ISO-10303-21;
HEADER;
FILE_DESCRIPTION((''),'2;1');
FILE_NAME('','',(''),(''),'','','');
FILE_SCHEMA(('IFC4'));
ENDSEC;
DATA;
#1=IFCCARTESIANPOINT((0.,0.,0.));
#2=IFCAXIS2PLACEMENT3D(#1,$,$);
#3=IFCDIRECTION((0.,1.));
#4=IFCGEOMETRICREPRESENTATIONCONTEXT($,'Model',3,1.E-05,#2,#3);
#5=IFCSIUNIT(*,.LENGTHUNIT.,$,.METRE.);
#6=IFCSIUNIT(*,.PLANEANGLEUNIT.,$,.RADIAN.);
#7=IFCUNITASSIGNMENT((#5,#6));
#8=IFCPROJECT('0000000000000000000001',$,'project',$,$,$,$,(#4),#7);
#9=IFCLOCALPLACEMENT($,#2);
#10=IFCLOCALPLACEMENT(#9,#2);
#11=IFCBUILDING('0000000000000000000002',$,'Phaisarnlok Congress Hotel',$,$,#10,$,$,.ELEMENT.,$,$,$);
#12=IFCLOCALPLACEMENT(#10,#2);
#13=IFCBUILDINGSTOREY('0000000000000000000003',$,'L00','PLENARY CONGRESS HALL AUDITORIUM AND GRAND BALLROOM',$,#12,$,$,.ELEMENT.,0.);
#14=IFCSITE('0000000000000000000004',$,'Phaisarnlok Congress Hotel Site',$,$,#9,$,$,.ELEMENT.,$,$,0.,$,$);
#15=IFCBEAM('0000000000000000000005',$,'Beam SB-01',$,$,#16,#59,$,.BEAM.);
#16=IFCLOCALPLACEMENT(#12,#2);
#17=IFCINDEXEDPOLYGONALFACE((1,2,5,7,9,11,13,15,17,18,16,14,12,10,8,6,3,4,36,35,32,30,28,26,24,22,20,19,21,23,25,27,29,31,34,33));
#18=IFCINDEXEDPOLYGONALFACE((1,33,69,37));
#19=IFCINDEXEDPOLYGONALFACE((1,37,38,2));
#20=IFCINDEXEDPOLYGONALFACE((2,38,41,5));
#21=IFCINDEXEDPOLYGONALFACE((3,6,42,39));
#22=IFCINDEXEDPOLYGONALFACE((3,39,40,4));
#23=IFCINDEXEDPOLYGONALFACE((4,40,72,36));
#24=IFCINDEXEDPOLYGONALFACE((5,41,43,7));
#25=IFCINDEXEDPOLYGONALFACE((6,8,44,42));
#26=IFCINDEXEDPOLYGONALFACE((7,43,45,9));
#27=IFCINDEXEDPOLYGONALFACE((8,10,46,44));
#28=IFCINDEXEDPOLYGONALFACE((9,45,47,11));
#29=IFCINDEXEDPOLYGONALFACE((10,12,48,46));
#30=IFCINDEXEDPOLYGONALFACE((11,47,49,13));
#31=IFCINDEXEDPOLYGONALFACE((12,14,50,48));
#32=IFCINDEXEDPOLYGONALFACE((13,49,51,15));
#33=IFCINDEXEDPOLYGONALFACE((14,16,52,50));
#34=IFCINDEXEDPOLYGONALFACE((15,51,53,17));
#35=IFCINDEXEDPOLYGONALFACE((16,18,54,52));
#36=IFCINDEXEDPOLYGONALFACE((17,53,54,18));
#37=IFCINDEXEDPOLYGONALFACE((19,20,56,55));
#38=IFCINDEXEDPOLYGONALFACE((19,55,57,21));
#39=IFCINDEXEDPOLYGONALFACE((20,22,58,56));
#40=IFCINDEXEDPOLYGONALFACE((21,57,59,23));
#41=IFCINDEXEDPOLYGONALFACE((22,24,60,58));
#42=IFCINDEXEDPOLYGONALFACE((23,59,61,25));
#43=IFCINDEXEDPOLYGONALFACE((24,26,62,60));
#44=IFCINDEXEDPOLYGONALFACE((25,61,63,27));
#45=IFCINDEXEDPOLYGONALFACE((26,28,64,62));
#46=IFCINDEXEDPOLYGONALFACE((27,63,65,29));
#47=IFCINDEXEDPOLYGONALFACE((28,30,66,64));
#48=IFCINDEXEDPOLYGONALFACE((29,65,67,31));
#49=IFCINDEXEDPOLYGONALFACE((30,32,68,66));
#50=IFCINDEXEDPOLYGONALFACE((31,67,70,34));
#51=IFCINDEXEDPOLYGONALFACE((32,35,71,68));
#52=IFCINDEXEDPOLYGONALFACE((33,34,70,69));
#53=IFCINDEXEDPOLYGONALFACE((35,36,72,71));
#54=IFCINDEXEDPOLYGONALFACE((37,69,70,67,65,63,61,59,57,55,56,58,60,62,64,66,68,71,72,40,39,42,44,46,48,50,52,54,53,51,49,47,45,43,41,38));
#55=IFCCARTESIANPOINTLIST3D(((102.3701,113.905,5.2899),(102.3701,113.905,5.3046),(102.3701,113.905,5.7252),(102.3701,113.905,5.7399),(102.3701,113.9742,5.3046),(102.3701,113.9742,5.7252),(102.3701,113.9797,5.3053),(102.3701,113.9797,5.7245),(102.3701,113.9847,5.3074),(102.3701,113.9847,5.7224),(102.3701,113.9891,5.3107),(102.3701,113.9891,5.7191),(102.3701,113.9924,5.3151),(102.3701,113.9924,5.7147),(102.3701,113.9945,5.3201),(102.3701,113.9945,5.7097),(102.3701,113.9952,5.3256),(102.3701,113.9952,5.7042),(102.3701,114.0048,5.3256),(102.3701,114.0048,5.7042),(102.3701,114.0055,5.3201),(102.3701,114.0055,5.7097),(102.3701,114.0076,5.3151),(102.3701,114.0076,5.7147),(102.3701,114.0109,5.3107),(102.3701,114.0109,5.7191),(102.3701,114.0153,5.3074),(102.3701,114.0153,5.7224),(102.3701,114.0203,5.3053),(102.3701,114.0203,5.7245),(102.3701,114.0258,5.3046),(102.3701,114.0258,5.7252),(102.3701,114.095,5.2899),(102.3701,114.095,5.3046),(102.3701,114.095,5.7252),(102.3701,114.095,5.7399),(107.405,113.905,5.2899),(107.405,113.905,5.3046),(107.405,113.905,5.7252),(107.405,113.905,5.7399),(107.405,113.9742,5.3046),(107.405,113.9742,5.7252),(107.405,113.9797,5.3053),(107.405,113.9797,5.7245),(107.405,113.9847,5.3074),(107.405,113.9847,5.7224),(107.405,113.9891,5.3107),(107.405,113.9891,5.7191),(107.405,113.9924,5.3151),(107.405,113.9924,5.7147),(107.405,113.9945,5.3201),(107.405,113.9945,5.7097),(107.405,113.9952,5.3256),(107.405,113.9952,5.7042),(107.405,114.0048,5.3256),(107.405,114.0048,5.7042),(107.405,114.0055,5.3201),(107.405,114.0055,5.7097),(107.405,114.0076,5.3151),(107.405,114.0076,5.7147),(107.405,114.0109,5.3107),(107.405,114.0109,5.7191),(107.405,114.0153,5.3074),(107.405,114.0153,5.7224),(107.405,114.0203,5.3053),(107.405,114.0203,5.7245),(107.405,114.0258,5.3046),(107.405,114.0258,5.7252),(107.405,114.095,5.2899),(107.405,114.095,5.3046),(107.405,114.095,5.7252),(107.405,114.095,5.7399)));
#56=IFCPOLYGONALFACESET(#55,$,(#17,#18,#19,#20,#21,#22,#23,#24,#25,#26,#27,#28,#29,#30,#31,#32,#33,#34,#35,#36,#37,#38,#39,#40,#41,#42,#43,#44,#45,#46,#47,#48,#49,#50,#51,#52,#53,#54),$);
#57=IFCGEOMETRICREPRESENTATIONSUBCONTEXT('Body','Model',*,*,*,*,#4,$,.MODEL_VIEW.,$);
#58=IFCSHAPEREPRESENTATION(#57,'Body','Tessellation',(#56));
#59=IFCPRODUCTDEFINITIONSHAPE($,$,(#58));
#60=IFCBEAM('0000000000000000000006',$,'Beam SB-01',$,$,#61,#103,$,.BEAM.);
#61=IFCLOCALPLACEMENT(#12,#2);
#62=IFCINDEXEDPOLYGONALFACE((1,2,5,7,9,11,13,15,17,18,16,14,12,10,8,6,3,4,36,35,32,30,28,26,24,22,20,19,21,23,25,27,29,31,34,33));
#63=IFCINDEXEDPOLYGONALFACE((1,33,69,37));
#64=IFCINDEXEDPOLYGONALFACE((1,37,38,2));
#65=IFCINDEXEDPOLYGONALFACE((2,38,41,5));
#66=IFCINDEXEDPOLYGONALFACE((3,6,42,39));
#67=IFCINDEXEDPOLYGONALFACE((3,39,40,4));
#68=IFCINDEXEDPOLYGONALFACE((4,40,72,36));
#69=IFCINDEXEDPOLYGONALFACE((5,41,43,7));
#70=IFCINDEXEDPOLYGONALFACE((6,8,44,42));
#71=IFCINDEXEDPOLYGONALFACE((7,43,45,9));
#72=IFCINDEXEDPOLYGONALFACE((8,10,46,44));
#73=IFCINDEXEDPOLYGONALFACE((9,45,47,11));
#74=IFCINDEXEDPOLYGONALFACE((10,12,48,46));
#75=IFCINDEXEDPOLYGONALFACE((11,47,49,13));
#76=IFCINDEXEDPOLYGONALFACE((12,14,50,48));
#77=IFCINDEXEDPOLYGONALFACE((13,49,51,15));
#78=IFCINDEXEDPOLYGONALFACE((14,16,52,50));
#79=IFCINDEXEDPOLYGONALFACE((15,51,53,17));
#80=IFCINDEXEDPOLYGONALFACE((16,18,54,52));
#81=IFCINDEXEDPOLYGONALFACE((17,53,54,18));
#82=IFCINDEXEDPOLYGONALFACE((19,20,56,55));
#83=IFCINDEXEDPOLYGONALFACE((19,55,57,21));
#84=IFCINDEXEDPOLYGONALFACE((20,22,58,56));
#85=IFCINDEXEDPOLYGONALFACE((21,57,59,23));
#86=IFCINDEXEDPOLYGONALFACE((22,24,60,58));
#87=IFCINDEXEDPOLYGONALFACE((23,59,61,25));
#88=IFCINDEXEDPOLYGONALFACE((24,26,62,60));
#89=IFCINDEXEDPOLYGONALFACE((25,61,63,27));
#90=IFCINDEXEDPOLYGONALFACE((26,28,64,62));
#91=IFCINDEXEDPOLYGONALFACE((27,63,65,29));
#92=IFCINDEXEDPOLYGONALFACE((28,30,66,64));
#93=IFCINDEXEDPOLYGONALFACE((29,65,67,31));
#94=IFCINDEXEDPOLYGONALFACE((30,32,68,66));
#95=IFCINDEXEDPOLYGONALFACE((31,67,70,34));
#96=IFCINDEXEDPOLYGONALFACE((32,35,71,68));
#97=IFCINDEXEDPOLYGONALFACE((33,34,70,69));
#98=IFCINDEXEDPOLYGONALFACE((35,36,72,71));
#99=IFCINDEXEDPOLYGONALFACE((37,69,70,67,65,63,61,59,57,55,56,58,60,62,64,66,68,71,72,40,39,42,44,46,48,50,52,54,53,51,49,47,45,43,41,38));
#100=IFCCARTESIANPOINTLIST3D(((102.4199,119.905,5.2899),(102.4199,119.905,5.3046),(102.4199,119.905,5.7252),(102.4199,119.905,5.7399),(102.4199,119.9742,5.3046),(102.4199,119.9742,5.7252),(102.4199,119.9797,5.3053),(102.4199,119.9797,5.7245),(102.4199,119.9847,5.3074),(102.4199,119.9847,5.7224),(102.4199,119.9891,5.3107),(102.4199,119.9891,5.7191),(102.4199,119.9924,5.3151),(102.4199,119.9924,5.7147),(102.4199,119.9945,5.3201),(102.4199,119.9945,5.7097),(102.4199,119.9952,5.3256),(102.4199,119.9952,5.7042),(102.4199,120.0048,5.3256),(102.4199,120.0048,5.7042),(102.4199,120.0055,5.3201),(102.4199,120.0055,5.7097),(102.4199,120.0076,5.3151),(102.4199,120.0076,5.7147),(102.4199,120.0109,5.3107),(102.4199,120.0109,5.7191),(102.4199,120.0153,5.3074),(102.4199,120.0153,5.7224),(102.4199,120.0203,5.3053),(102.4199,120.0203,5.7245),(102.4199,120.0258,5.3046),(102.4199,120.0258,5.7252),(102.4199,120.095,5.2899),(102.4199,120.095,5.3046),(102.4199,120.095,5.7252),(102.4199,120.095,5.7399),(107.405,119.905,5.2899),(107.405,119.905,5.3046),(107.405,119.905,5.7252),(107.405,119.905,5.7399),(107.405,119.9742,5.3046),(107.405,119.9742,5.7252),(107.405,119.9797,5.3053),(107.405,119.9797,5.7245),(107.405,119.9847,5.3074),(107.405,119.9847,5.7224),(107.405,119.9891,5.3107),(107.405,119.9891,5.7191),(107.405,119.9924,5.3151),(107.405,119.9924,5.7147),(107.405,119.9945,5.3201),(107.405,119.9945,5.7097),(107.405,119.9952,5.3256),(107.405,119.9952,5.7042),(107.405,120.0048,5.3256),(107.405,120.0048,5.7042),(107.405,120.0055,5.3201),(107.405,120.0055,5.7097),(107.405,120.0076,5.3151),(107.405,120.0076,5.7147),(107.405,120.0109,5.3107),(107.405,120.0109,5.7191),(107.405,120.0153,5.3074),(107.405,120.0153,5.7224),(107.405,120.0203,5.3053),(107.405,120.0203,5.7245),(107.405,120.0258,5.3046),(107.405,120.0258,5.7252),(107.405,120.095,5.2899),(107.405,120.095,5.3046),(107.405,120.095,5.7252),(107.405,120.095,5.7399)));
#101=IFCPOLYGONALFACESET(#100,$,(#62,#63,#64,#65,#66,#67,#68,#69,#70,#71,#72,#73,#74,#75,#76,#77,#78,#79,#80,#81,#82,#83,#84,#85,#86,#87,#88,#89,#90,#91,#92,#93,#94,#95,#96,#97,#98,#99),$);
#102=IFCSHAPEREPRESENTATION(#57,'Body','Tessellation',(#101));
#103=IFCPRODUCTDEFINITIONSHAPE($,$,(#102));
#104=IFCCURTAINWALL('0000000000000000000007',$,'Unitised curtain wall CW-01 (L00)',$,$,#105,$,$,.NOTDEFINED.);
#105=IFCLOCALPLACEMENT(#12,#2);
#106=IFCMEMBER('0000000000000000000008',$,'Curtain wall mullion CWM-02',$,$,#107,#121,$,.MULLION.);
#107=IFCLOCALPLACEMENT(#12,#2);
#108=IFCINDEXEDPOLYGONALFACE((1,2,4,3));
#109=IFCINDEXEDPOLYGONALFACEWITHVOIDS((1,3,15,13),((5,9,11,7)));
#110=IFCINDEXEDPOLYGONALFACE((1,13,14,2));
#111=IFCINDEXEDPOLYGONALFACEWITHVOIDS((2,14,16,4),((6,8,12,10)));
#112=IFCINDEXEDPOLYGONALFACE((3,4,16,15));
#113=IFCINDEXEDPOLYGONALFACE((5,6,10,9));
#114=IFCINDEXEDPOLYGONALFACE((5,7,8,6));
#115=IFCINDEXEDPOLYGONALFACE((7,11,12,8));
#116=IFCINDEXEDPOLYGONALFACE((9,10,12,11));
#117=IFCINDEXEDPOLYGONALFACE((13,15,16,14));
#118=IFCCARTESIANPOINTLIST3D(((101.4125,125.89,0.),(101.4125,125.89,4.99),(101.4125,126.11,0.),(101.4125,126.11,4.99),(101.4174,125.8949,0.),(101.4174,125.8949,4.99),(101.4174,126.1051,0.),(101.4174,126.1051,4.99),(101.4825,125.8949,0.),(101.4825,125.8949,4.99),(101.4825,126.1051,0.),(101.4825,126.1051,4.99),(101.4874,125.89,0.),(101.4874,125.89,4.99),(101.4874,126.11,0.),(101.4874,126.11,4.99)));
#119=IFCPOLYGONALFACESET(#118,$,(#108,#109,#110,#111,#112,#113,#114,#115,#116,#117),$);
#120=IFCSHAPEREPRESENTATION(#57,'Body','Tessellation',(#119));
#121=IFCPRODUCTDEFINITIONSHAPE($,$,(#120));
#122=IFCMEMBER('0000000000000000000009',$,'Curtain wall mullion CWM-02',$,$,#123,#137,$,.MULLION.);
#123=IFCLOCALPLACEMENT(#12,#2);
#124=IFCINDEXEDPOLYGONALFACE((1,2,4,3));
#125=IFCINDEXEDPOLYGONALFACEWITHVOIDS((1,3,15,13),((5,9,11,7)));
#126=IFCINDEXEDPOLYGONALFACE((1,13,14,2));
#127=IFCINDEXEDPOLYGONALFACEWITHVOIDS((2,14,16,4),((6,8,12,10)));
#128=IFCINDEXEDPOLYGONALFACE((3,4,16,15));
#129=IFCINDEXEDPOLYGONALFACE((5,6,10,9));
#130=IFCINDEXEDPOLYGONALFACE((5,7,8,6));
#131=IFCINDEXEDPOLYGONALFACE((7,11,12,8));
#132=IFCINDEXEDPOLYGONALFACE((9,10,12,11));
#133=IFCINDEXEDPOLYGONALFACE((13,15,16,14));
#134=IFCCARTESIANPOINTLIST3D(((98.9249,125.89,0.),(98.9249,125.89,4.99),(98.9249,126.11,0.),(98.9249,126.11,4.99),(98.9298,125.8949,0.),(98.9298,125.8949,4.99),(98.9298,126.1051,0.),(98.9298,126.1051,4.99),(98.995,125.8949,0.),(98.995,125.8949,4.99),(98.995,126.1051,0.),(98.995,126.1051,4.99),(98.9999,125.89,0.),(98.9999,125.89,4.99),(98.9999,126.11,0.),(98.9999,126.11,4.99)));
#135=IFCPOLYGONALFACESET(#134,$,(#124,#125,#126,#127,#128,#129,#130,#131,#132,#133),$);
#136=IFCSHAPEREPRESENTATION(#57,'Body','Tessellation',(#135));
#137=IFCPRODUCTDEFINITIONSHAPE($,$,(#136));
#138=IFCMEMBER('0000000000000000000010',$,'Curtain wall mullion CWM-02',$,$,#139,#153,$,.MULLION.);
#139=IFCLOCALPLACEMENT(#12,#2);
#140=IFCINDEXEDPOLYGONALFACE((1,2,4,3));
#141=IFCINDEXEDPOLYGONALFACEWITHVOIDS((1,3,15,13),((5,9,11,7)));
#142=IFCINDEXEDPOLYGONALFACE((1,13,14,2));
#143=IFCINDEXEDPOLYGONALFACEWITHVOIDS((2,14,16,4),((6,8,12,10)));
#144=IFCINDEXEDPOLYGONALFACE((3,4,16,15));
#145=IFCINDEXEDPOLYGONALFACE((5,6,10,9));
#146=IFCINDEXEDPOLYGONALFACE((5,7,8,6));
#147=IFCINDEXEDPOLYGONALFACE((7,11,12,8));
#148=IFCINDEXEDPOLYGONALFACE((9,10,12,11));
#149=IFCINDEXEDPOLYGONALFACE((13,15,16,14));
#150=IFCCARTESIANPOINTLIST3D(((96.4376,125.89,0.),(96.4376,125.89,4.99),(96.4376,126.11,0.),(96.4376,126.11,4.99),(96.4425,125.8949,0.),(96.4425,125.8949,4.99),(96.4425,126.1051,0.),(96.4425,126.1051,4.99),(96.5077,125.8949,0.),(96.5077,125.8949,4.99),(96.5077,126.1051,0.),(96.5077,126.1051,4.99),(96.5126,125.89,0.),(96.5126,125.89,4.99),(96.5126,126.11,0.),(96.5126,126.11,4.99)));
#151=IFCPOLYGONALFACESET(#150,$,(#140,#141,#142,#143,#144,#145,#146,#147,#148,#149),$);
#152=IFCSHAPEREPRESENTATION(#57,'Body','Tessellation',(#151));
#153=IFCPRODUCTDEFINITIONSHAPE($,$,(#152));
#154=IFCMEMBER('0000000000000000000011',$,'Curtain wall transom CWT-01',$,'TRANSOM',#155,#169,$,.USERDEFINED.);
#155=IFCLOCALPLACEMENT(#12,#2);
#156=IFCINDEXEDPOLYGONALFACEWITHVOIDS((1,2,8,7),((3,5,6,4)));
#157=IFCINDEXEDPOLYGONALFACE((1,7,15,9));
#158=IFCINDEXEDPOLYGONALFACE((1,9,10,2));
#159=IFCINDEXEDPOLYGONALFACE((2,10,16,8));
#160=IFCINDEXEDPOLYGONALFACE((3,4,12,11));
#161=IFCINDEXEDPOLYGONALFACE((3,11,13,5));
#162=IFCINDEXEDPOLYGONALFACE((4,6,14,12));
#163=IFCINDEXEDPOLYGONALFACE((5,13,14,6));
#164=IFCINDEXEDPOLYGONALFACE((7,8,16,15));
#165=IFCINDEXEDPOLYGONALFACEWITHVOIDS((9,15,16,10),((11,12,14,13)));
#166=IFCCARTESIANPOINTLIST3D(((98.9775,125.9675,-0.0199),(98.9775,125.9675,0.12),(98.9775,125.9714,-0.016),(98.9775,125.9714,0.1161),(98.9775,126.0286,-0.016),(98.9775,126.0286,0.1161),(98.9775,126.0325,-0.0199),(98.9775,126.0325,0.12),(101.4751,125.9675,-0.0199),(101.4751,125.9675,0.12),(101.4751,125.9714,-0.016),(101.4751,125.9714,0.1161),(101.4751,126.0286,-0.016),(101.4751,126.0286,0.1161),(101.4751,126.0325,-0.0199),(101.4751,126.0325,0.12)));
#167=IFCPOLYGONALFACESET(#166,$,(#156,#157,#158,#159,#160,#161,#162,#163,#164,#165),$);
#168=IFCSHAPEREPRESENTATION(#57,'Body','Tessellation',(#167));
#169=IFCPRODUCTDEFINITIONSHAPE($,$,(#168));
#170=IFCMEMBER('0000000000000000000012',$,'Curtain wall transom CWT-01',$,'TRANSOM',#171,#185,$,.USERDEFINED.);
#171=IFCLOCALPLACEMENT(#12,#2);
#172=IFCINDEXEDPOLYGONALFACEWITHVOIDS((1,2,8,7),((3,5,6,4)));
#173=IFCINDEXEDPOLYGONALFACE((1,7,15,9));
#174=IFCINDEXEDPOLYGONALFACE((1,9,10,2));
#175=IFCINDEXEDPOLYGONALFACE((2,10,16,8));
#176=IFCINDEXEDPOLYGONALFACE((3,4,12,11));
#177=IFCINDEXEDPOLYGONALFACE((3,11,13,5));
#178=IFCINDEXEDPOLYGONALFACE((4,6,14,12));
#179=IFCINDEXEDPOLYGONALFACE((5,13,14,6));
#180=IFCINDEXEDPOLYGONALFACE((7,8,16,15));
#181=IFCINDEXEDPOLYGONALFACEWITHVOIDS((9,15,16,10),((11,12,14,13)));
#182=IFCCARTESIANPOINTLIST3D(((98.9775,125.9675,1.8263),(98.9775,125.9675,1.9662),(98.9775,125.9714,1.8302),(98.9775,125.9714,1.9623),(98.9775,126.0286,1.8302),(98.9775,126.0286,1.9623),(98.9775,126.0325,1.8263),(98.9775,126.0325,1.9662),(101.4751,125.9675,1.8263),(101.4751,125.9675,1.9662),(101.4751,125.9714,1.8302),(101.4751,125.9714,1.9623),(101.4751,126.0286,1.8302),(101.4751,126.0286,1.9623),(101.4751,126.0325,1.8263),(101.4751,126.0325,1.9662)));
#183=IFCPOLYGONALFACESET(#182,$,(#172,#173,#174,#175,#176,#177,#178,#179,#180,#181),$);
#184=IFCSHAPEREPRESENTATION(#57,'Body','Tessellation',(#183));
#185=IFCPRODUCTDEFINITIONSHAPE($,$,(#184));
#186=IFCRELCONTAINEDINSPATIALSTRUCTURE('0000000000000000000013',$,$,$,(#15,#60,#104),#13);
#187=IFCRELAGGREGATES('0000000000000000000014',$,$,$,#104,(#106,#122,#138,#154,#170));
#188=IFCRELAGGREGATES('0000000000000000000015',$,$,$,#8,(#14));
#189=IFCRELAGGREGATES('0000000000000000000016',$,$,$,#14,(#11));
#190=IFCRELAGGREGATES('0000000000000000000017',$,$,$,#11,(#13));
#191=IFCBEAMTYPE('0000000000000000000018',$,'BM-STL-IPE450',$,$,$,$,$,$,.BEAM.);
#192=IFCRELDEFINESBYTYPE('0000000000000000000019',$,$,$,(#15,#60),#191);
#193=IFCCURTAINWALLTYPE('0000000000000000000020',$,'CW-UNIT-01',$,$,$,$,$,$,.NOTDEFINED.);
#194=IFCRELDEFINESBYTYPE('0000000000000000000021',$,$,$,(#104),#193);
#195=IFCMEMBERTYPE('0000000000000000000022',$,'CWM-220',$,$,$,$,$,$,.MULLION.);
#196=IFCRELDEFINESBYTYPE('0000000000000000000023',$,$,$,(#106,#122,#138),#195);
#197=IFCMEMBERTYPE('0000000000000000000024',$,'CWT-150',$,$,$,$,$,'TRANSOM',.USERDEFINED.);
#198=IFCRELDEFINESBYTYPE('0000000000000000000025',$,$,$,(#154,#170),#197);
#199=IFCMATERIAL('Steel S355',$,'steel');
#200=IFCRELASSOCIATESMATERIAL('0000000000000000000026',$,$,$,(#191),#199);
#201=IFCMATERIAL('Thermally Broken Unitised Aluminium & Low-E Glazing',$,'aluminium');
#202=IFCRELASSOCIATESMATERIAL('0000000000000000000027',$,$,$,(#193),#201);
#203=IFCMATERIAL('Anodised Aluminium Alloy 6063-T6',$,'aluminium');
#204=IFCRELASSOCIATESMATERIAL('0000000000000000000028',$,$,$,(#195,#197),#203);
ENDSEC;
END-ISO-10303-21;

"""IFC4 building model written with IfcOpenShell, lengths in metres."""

from ifc_helpers import new_model, si_unit, direction, frame, origin, origin_2d, place, context, subcontext, project, spatial, hollow_rectangle, i_section, extrude, material, material_profile, profile_set, type_object, element, aggregate, save


model = new_model("IFC4")

# Units and contexts
model_context = context("Model", 3, precision=1e-05, world=origin(), true_north=direction((0.0, 1.0)))
body_context = subcontext(model_context, "Body", "Model", "MODEL_VIEW")
ifc_project = project(units=[si_unit("LENGTHUNIT", "METRE"), si_unit("PLANEANGLEUNIT", "RADIAN")], contexts=[model_context])

# Site, building, storey
site_placement = place(None, origin())
site = spatial("IfcSite", under=ifc_project, at=site_placement, Name="Phaisarnlok Congress Hotel Site", CompositionType="ELEMENT", RefElevation=0.0)
building_placement = place(site_placement, origin())
building = spatial("IfcBuilding", under=site, at=building_placement, Name="Phaisarnlok Congress Hotel", CompositionType="ELEMENT")
storey_placement = place(building_placement, origin())
storey = spatial("IfcBuildingStorey", under=building, at=storey_placement, Name="L00", Description="PLENARY CONGRESS HALL AUDITORIUM AND GRAND BALLROOM", CompositionType="ELEMENT", Elevation=0.0)

# Beams
ifc_material_1 = material(Name="Steel S355", Category="steel")
ifc_material_profile_1 = material_profile(ifc_material_1, i_section(OverallWidth=0.1899, OverallDepth=0.45, WebThickness=0.0095, FlangeThickness=0.0146, FilletRadius=0.021, at=origin_2d()), Name="IPE 450")
ifc_profile_set_1 = profile_set([ifc_material_profile_1], Name="Steel S355")
beam_type_1 = type_object("IfcBeamType", Name="BM-STL-IPE450", PredefinedType="BEAM", material=ifc_profile_set_1)
beam_1_placement = place(storey_placement, frame((102.3701, 114.0, 5.5149), z_axis=(1.0, 0.0, 0.0), x_axis=(0.0, 1.0, 0.0)))
element("IfcBeam", 1, at=beam_1_placement, inside=storey, type_object=beam_type_1, Name="Beam SB-01", PredefinedType="BEAM", context=body_context, shape_type="SweptSolid", body=[
    extrude(i_section(OverallWidth=0.1899, OverallDepth=0.45, WebThickness=0.0095, FlangeThickness=0.0146, FilletRadius=0.021, at=origin_2d()), origin(), (0.0, 0.0, 1.0), 5.0349),
])
beam_2_placement = place(storey_placement, frame((102.4199, 120.0, 5.5149), z_axis=(1.0, 0.0, 0.0), x_axis=(0.0, 1.0, 0.0)))
element("IfcBeam", 2, at=beam_2_placement, inside=storey, type_object=beam_type_1, Name="Beam SB-01", PredefinedType="BEAM", context=body_context, shape_type="SweptSolid", body=[
    extrude(i_section(OverallWidth=0.1899, OverallDepth=0.45, WebThickness=0.0095, FlangeThickness=0.0146, FilletRadius=0.021, at=origin_2d()), origin(), (0.0, 0.0, 1.0), 4.9851),
])

# Curtain wall, members
ifc_material_2 = material(Name="Thermally Broken Unitised Aluminium & Low-E Glazing", Category="aluminium")
curtain_wall_type = type_object("IfcCurtainWallType", Name="CW-UNIT-01", PredefinedType="NOTDEFINED", material=ifc_material_2)
curtain_wall_placement = place(storey_placement, origin())
curtain_wall = element("IfcCurtainWall", 3, at=curtain_wall_placement, inside=storey, type_object=curtain_wall_type, Name="Unitised curtain wall CW-01 (L00)", PredefinedType="NOTDEFINED")
ifc_material_3 = material(Name="Anodised Aluminium Alloy 6063-T6", Category="aluminium")
ifc_material_profile_2 = material_profile(ifc_material_3, hollow_rectangle(XDim=0.075, YDim=0.22, WallThickness=0.0049, at=origin_2d()), Name="ALU-M 75x220x5")
ifc_profile_set_2 = profile_set([ifc_material_profile_2], Name="Anodised Aluminium Alloy 6063-T6")
member_type_1 = type_object("IfcMemberType", Name="CWM-220", PredefinedType="MULLION", material=ifc_profile_set_2)
member_1_placement = place(storey_placement, frame((101.45, 126.0, 0.0), z_axis=(0.0, 0.0, 1.0), x_axis=(-1.0, 0.0, 0.0)))
member_1 = element("IfcMember", 4, at=member_1_placement, type_object=member_type_1, Name="Curtain wall mullion CWM-02", PredefinedType="MULLION", context=body_context, shape_type="SweptSolid", body=[
    extrude(hollow_rectangle(XDim=0.075, YDim=0.22, WallThickness=0.0049, at=origin_2d()), origin(), (0.0, 0.0, 1.0), 4.99),
])
member_2_placement = place(storey_placement, frame((98.9624, 126.0, 0.0), z_axis=(0.0, 0.0, 1.0), x_axis=(-1.0, 0.0, 0.0)))
member_2 = element("IfcMember", 5, at=member_2_placement, type_object=member_type_1, Name="Curtain wall mullion CWM-02", PredefinedType="MULLION", context=body_context, shape_type="SweptSolid", body=[
    extrude(hollow_rectangle(XDim=0.075, YDim=0.22, WallThickness=0.0049, at=origin_2d()), origin(), (0.0, 0.0, 1.0), 4.99),
])
member_3_placement = place(storey_placement, frame((96.4751, 126.0, 0.0), z_axis=(0.0, 0.0, 1.0), x_axis=(-1.0, 0.0, 0.0)))
member_3 = element("IfcMember", 6, at=member_3_placement, type_object=member_type_1, Name="Curtain wall mullion CWM-02", PredefinedType="MULLION", context=body_context, shape_type="SweptSolid", body=[
    extrude(hollow_rectangle(XDim=0.075, YDim=0.22, WallThickness=0.0049, at=origin_2d()), origin(), (0.0, 0.0, 1.0), 4.99),
])
ifc_material_profile_3 = material_profile(ifc_material_3, hollow_rectangle(XDim=0.0649, YDim=0.1399, WallThickness=0.0039, at=origin_2d()), Name="ALU-T 65x140x4")
ifc_profile_set_3 = profile_set([ifc_material_profile_3], Name="Anodised Aluminium Alloy 6063-T6")
member_type_2 = type_object("IfcMemberType", Name="CWT-150", ElementType="TRANSOM", PredefinedType="USERDEFINED", material=ifc_profile_set_3)
member_4_placement = place(storey_placement, frame((101.4751, 126.0, 0.05), z_axis=(-1.0, 0.0, 0.0), x_axis=(0.0, -1.0, 0.0)))
member_4 = element("IfcMember", 7, at=member_4_placement, type_object=member_type_2, Name="Curtain wall transom CWT-01", ObjectType="TRANSOM", PredefinedType="USERDEFINED", context=body_context, shape_type="SweptSolid", body=[
    extrude(hollow_rectangle(XDim=0.0649, YDim=0.1399, WallThickness=0.0039, at=origin_2d()), origin(), (0.0, 0.0, 1.0), 2.4976),
])
member_5_placement = place(storey_placement, frame((101.4751, 126.0, 1.8962), z_axis=(-1.0, 0.0, 0.0), x_axis=(0.0, -1.0, 0.0)))
member_5 = element("IfcMember", 8, at=member_5_placement, type_object=member_type_2, Name="Curtain wall transom CWT-01", ObjectType="TRANSOM", PredefinedType="USERDEFINED", context=body_context, shape_type="SweptSolid", body=[
    extrude(hollow_rectangle(XDim=0.0649, YDim=0.1399, WallThickness=0.0039, at=origin_2d()), origin(), (0.0, 0.0, 1.0), 2.4976),
])

aggregate(curtain_wall, [member_1, member_2, member_3, member_4, member_5])

save(model, "model.ifc")
